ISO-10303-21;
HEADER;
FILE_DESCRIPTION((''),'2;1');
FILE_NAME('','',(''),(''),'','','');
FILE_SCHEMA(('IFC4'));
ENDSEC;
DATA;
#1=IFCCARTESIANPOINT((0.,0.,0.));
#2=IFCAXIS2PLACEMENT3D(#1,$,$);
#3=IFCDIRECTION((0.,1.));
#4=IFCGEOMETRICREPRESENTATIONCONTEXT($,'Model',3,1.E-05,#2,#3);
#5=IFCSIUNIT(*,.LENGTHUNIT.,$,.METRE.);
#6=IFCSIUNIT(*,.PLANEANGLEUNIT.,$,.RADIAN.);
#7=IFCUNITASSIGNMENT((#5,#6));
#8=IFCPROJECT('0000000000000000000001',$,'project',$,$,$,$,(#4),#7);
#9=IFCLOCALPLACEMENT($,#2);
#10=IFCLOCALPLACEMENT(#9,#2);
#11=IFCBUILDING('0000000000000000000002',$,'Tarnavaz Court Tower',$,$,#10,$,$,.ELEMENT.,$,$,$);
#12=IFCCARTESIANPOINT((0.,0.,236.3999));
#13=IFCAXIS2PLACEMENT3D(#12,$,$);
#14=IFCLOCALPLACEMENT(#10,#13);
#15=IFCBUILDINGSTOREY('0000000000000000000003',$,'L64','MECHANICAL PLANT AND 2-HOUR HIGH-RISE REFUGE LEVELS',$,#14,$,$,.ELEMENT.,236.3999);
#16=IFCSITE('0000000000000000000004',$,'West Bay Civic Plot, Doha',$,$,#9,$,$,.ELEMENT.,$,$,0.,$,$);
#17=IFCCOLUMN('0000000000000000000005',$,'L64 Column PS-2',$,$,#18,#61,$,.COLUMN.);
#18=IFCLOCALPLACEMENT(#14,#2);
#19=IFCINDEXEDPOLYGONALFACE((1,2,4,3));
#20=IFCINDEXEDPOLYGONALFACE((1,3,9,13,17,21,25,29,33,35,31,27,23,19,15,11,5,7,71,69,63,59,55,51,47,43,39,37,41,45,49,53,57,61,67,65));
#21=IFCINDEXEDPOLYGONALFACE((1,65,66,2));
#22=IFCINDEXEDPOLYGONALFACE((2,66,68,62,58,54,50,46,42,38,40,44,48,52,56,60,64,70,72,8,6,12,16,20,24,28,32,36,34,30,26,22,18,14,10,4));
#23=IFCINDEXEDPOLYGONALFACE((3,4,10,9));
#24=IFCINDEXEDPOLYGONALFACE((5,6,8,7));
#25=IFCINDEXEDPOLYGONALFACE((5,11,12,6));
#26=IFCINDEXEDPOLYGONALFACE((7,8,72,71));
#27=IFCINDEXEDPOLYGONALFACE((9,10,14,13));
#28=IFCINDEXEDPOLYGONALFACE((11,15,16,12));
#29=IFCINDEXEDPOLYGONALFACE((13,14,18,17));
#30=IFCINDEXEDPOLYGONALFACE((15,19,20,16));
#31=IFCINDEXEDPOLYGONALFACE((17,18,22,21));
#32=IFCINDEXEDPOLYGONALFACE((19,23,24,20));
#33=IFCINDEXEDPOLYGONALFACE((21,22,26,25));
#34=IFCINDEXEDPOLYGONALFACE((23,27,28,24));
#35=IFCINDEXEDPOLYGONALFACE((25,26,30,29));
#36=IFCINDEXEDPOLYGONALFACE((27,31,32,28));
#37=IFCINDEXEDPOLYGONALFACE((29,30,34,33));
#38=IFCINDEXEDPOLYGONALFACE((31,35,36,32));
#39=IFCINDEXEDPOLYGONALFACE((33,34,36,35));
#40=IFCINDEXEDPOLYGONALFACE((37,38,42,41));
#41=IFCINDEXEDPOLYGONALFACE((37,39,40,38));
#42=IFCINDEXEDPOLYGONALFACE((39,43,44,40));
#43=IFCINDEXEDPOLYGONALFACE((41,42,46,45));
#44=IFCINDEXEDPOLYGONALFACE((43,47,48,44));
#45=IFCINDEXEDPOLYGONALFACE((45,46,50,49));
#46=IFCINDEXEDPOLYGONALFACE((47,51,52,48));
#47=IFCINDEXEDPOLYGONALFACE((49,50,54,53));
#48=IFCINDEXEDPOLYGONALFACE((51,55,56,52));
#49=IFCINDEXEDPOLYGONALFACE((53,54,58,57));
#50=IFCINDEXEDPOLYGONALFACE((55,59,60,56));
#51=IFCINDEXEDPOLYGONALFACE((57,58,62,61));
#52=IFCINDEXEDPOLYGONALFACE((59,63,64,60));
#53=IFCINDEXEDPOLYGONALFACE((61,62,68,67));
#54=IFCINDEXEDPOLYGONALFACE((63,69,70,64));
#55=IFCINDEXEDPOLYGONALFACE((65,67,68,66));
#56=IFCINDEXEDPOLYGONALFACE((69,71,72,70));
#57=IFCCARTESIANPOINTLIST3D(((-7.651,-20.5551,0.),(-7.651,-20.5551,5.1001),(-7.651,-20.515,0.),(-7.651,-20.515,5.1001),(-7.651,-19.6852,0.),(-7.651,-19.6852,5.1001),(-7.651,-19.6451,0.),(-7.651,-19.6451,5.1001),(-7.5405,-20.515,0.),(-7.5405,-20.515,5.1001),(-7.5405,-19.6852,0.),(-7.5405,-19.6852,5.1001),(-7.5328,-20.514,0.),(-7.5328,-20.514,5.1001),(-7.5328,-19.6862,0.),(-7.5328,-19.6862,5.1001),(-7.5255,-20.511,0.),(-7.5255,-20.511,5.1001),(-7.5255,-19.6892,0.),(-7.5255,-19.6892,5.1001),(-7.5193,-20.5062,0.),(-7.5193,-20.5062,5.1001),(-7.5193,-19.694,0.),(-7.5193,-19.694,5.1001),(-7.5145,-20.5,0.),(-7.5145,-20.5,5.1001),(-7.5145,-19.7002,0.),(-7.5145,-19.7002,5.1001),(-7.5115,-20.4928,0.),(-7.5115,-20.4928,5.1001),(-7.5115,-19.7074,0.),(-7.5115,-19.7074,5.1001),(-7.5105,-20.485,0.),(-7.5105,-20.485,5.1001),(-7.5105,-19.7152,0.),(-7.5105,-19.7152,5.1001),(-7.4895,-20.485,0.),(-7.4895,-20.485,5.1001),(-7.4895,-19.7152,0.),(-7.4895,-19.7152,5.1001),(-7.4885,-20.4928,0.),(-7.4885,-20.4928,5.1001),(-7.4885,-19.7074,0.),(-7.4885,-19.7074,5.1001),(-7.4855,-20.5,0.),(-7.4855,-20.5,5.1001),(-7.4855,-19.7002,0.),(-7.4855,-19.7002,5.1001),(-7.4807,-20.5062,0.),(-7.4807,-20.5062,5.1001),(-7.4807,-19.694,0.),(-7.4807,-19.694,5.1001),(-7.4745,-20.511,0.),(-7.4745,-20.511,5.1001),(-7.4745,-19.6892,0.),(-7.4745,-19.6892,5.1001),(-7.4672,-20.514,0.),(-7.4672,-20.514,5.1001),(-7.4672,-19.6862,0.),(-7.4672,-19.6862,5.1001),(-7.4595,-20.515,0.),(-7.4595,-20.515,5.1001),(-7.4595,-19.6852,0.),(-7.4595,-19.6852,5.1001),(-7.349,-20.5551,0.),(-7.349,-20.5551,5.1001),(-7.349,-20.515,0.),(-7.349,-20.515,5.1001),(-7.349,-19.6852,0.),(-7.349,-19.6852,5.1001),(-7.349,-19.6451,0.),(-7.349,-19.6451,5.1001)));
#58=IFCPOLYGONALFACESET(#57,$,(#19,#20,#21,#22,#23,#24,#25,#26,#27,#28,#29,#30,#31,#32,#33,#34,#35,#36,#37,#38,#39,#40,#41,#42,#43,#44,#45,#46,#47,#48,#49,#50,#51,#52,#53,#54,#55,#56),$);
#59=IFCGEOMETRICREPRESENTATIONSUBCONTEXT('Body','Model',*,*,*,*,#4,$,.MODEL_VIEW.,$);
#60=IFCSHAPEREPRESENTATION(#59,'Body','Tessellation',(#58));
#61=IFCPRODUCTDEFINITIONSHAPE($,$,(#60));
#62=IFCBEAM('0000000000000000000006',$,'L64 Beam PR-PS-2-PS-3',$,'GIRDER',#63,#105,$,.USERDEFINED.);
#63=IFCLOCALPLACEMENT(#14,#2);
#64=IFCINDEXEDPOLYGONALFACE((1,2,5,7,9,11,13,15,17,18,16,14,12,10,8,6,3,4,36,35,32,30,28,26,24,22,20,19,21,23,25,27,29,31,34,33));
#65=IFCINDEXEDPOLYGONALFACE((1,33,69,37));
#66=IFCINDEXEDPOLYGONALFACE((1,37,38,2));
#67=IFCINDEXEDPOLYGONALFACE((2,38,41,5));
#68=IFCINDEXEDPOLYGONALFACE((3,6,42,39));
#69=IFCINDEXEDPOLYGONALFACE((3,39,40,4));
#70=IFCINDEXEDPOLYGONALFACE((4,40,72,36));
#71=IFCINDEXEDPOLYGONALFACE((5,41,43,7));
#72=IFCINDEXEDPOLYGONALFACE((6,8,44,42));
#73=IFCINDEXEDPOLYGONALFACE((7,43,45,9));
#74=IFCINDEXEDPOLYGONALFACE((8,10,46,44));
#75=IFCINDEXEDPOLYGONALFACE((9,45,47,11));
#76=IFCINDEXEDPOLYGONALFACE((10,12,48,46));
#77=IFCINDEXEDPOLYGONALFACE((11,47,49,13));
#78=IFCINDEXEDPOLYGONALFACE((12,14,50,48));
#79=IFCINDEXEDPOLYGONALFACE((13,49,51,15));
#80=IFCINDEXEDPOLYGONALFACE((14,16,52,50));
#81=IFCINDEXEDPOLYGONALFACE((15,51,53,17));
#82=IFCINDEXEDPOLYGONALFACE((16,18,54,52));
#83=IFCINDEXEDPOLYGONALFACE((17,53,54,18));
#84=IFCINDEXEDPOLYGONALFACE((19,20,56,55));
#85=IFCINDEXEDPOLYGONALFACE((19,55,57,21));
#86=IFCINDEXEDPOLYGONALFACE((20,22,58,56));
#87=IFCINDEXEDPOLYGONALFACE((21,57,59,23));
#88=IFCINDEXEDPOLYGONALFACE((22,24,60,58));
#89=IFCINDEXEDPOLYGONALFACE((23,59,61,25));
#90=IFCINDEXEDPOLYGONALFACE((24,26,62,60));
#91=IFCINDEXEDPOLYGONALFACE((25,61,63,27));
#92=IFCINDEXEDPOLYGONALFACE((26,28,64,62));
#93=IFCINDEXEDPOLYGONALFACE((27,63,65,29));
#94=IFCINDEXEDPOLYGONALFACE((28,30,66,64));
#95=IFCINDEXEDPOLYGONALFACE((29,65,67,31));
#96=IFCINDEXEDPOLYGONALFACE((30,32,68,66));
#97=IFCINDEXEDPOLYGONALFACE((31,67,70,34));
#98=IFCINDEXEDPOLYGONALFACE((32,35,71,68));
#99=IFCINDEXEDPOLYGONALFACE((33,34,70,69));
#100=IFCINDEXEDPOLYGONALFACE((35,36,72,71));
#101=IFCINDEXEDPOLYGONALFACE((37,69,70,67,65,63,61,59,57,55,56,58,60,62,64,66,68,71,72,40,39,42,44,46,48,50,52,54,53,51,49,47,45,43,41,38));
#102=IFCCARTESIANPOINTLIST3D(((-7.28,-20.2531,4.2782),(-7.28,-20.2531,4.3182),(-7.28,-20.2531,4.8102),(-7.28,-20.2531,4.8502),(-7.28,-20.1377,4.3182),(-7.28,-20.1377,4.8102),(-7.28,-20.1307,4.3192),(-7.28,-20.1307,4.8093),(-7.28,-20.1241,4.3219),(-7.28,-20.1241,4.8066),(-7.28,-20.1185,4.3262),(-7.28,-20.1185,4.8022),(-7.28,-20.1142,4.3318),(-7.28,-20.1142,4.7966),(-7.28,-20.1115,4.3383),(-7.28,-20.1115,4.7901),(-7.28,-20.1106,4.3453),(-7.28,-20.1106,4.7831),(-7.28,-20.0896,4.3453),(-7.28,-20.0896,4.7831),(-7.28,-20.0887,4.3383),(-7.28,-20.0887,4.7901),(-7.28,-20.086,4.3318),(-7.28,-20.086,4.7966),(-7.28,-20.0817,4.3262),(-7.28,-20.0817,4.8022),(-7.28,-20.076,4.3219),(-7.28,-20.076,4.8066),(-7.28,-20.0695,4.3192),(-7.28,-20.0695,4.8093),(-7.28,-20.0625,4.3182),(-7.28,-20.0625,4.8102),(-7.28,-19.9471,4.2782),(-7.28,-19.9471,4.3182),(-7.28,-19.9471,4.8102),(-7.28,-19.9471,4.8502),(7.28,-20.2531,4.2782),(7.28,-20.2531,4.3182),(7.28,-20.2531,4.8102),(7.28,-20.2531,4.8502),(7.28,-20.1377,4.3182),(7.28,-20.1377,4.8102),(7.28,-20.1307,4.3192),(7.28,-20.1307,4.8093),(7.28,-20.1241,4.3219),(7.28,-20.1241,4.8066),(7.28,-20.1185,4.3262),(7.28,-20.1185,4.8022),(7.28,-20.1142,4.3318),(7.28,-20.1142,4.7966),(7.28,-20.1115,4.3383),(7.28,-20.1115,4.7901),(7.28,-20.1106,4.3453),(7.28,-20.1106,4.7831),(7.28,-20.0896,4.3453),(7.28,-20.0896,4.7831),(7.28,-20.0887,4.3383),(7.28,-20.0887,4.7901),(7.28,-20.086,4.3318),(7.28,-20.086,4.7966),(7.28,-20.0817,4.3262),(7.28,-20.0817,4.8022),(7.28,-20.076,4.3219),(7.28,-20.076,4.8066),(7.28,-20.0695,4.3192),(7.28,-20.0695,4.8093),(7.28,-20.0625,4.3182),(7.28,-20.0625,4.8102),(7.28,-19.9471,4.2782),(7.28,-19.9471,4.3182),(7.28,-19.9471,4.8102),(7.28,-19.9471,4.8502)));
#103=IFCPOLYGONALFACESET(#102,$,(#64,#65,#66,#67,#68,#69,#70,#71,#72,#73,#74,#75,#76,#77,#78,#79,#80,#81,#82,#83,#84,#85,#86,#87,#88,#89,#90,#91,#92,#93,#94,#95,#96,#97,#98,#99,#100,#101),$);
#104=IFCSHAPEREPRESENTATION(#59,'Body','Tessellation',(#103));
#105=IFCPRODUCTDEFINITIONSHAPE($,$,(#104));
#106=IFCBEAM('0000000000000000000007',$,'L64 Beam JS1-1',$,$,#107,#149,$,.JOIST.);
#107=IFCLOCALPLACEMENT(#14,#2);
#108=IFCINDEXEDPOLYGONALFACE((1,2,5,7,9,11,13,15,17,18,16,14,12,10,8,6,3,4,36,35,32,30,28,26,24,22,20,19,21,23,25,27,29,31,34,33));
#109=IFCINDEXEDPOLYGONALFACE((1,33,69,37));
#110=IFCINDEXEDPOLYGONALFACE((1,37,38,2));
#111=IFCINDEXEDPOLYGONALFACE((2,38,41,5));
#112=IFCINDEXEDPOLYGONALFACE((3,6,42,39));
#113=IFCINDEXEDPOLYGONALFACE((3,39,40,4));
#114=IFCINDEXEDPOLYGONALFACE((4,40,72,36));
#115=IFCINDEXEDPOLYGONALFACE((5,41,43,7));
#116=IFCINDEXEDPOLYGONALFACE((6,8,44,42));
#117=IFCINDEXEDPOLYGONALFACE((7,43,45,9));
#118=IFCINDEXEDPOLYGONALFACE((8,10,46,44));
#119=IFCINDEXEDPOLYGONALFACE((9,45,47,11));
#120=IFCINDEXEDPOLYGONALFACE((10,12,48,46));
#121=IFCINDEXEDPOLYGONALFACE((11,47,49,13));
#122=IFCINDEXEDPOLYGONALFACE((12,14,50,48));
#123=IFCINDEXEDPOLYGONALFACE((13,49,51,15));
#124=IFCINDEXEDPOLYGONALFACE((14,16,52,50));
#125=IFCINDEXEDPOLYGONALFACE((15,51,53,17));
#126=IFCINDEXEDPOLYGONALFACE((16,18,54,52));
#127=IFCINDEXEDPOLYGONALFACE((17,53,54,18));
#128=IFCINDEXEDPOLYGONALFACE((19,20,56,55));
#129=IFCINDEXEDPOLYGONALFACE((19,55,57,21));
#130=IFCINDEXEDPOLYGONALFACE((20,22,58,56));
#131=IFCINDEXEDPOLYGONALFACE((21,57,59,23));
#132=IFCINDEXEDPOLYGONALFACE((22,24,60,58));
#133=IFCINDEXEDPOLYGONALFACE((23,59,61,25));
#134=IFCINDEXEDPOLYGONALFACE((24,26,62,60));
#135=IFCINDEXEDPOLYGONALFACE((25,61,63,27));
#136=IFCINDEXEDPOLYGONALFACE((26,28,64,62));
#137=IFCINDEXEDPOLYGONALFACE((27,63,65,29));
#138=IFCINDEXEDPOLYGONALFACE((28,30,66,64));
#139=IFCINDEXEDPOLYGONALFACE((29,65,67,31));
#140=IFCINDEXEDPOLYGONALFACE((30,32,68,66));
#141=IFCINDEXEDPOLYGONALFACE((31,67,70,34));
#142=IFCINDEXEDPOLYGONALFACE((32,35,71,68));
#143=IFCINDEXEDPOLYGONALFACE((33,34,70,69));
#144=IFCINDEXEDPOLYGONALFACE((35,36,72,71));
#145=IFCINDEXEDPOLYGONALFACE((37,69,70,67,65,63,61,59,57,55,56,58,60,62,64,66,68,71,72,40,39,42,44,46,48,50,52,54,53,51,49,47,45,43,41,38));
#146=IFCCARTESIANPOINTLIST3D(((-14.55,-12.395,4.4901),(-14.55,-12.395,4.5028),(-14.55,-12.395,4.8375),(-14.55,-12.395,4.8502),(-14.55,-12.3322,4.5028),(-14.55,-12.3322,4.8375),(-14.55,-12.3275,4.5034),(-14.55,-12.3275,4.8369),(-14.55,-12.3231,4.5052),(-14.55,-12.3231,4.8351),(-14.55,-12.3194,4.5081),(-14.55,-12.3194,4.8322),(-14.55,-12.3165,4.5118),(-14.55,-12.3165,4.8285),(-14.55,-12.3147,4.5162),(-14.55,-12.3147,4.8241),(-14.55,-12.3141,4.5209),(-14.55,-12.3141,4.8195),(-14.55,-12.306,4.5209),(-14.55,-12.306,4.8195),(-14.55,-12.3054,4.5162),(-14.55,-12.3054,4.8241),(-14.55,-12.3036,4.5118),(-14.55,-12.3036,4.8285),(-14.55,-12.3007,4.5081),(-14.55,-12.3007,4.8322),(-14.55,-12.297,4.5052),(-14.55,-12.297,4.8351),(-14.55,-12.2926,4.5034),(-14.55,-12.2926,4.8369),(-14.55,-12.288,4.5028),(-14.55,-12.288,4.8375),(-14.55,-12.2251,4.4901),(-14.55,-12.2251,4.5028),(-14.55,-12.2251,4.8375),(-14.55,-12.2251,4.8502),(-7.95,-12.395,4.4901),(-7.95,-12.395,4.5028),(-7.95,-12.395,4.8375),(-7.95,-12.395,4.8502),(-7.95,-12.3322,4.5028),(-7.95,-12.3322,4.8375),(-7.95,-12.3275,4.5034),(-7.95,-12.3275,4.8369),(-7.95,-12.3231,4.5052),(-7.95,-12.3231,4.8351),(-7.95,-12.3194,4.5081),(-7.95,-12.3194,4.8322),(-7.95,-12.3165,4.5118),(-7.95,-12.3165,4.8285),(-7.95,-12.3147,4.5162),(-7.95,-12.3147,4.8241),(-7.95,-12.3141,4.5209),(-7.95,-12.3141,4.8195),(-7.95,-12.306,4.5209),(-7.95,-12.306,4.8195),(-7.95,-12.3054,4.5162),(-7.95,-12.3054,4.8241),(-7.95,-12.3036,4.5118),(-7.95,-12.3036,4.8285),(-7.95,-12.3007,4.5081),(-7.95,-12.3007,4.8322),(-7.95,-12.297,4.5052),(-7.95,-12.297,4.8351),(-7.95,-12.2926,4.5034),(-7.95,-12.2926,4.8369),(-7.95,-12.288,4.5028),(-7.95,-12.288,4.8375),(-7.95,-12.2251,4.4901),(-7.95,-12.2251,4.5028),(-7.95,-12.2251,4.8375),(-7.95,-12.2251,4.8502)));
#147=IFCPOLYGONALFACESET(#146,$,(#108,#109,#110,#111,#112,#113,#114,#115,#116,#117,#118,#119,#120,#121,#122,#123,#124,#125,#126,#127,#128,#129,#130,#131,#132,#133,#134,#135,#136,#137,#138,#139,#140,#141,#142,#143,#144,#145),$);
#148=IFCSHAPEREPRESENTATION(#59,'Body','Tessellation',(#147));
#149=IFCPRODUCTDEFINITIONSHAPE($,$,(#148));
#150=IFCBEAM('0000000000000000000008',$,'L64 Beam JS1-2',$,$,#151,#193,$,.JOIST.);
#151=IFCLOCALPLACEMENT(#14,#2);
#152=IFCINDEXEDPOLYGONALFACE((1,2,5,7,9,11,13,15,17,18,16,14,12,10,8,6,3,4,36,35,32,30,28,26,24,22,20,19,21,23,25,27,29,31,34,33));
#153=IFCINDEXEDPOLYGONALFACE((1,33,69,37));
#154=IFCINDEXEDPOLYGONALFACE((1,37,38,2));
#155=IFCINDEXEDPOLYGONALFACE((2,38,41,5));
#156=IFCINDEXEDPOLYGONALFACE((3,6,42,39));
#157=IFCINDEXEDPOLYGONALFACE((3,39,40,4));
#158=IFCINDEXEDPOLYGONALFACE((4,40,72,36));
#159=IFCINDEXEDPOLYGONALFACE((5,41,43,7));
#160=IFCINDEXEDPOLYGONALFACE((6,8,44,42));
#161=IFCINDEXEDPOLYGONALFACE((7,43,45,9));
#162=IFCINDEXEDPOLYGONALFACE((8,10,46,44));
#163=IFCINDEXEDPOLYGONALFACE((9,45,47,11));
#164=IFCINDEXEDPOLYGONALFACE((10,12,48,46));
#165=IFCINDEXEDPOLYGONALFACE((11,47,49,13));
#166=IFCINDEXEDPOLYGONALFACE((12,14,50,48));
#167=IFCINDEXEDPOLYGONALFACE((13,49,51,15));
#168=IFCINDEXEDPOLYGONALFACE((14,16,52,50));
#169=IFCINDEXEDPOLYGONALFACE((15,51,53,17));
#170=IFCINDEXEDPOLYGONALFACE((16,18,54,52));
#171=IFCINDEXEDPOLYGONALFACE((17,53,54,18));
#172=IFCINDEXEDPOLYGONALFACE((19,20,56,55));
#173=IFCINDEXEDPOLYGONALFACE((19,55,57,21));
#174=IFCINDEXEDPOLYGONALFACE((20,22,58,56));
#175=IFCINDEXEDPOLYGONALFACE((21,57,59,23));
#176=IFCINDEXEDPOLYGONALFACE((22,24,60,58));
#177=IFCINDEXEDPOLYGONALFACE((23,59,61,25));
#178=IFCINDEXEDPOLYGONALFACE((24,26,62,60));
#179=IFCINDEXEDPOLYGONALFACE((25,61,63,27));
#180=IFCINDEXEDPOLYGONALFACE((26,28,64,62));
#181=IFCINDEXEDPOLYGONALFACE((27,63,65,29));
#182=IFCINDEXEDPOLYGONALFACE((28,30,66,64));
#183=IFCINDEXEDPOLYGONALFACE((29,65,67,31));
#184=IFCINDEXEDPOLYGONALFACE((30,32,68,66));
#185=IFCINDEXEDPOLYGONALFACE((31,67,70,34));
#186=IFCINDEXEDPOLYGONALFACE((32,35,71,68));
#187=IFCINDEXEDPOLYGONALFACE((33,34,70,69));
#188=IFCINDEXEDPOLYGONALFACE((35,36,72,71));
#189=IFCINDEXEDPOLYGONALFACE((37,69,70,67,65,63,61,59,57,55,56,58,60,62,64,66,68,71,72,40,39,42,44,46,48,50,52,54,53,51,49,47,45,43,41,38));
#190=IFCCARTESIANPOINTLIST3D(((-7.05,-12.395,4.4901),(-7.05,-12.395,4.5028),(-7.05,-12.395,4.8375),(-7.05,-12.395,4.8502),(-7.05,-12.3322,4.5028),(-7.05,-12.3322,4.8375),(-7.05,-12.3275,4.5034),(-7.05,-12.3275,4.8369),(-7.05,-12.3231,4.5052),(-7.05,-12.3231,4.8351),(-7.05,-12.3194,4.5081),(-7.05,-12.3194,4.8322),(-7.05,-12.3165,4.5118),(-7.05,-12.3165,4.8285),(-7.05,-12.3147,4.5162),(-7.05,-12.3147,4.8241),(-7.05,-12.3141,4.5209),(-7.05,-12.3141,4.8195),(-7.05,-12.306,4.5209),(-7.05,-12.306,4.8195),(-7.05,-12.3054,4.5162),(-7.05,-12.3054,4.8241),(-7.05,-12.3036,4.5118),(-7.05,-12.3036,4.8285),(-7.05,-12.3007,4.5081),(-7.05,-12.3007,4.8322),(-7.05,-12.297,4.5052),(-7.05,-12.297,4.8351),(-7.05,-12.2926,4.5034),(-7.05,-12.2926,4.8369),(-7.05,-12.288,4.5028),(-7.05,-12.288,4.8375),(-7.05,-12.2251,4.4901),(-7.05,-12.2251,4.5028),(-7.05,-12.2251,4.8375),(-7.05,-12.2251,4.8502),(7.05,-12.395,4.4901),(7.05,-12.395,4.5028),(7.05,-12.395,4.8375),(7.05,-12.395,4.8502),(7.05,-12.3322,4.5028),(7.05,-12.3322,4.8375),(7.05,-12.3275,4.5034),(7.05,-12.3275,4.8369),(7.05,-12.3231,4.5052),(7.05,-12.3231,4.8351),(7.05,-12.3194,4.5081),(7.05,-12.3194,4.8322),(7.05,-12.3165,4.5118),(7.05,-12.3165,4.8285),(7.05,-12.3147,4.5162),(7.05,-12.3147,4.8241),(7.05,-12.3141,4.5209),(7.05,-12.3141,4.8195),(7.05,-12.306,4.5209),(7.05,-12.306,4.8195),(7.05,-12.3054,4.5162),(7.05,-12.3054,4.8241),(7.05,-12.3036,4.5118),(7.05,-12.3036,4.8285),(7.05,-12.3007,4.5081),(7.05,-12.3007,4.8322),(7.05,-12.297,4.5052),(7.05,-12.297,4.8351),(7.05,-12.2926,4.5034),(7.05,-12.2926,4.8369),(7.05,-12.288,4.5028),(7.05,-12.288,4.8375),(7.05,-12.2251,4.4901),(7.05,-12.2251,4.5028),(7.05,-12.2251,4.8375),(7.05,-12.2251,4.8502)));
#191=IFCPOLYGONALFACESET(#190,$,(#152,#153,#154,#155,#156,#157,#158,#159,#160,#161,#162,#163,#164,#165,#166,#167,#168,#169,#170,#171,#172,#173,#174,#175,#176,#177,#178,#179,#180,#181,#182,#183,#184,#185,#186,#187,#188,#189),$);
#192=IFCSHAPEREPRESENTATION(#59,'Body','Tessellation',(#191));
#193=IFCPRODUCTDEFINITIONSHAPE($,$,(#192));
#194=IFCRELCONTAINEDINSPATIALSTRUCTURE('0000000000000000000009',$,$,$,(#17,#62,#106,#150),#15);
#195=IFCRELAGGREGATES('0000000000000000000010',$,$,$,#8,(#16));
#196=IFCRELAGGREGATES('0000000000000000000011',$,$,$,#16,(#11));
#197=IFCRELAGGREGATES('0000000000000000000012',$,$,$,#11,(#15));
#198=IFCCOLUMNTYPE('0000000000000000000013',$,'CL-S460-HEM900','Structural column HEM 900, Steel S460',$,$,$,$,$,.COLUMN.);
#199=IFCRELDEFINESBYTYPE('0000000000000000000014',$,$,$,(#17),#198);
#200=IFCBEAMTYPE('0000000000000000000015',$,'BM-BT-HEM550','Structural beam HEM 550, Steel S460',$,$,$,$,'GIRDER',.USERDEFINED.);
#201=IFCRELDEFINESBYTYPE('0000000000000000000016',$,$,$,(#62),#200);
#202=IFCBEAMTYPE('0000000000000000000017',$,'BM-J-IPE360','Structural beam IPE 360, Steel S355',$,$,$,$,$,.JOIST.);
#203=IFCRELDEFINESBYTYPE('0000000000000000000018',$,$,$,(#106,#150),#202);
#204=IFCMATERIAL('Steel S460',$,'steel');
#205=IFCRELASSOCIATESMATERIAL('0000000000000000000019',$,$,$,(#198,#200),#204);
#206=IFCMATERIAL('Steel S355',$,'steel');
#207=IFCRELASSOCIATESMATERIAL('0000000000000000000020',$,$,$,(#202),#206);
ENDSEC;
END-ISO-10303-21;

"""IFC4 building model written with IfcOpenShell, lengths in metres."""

from ifc_helpers import new_model, si_unit, direction, frame, origin, origin_2d, place, context, subcontext, project, spatial, i_section, extrude, material, material_profile, profile_set, type_object, element, save


model = new_model("IFC4")

# Units and contexts
model_context = context("Model", 3, precision=1e-05, world=origin(), true_north=direction((0.0, 1.0)))
body_context = subcontext(model_context, "Body", "Model", "MODEL_VIEW")
ifc_project = project(units=[si_unit("LENGTHUNIT", "METRE"), si_unit("PLANEANGLEUNIT", "RADIAN")], contexts=[model_context])

# Site, building, storey
site_placement = place(None, origin())
site = spatial("IfcSite", under=ifc_project, at=site_placement, Name="West Bay Civic Plot, Doha", CompositionType="ELEMENT", RefElevation=0.0)
building_placement = place(site_placement, origin())
building = spatial("IfcBuilding", under=site, at=building_placement, Name="Tarnavaz Court Tower", CompositionType="ELEMENT")
storey_placement = place(building_placement, frame((0.0, 0.0, 236.3999)))
storey = spatial("IfcBuildingStorey", under=building, at=storey_placement, Name="L64", Description="MECHANICAL PLANT AND 2-HOUR HIGH-RISE REFUGE LEVELS", CompositionType="ELEMENT", Elevation=236.3999)

# Column
ifc_material_1 = material(Name="Steel S460", Category="steel")
ifc_material_profile_1 = material_profile(ifc_material_1, i_section(OverallWidth=0.302, OverallDepth=0.9099, WebThickness=0.021, FlangeThickness=0.04, FilletRadius=0.03, at=origin_2d()), Name="HEM 900")
ifc_profile_set_1 = profile_set([ifc_material_profile_1], Name="Steel S460")
column_type = type_object("IfcColumnType", Name="CL-S460-HEM900", Description="Structural column HEM 900, Steel S460", PredefinedType="COLUMN", material=ifc_profile_set_1)
column_placement = place(storey_placement, frame((-7.5, -20.1001, 0.0), z_axis=(0.0, 0.0, 1.0), x_axis=(1.0, 0.0, 0.0)))
element("IfcColumn", 1, at=column_placement, inside=storey, type_object=column_type, Name="L64 Column PS-2", PredefinedType="COLUMN", context=body_context, shape_type="SweptSolid", body=[
    extrude(i_section(OverallWidth=0.302, OverallDepth=0.9099, WebThickness=0.021, FlangeThickness=0.04, FilletRadius=0.03, at=origin_2d()), origin(), (0.0, 0.0, 1.0), 5.1001),
])

# Beams
ifc_material_profile_2 = material_profile(ifc_material_1, i_section(OverallWidth=0.3059, OverallDepth=0.572, WebThickness=0.021, FlangeThickness=0.04, FilletRadius=0.0271, at=origin_2d()), Name="HEM 550")
ifc_profile_set_2 = profile_set([ifc_material_profile_2], Name="Steel S460")
beam_type_1 = type_object("IfcBeamType", Name="BM-BT-HEM550", Description="Structural beam HEM 550, Steel S460", ElementType="GIRDER", PredefinedType="USERDEFINED", material=ifc_profile_set_2)
beam_1_placement = place(storey_placement, frame((-7.28, -20.1001, 4.5642), z_axis=(1.0, 0.0, 0.0), x_axis=(0.0, 1.0, 0.0)))
element("IfcBeam", 2, at=beam_1_placement, inside=storey, type_object=beam_type_1, Name="L64 Beam PR-PS-2-PS-3", ObjectType="GIRDER", PredefinedType="USERDEFINED", context=body_context, shape_type="SweptSolid", body=[
    extrude(i_section(OverallWidth=0.3059, OverallDepth=0.572, WebThickness=0.021, FlangeThickness=0.04, FilletRadius=0.0271, at=origin_2d()), origin(), (0.0, 0.0, 1.0), 14.5601),
])
ifc_material_2 = material(Name="Steel S355", Category="steel")
ifc_material_profile_3 = material_profile(ifc_material_2, i_section(OverallWidth=0.1699, OverallDepth=0.3601, WebThickness=0.0081, FlangeThickness=0.0127, FilletRadius=0.0181, at=origin_2d()), Name="IPE 360")
ifc_profile_set_3 = profile_set([ifc_material_profile_3], Name="Steel S355")
beam_type_2 = type_object("IfcBeamType", Name="BM-J-IPE360", Description="Structural beam IPE 360, Steel S355", PredefinedType="JOIST", material=ifc_profile_set_3)
beam_2_placement = place(storey_placement, frame((-14.55, -12.3101, 4.6702), z_axis=(1.0, 0.0, 0.0), x_axis=(0.0, 1.0, 0.0)))
element("IfcBeam", 3, at=beam_2_placement, inside=storey, type_object=beam_type_2, Name="L64 Beam JS1-1", PredefinedType="JOIST", context=body_context, shape_type="SweptSolid", body=[
    extrude(i_section(OverallWidth=0.1699, OverallDepth=0.3601, WebThickness=0.0081, FlangeThickness=0.0127, FilletRadius=0.0181, at=origin_2d()), origin(), (0.0, 0.0, 1.0), 6.6001),
])
beam_3_placement = place(storey_placement, frame((-7.05, -12.3101, 4.6702), z_axis=(1.0, 0.0, 0.0), x_axis=(0.0, 1.0, 0.0)))
element("IfcBeam", 4, at=beam_3_placement, inside=storey, type_object=beam_type_2, Name="L64 Beam JS1-2", PredefinedType="JOIST", context=body_context, shape_type="SweptSolid", body=[
    extrude(i_section(OverallWidth=0.1699, OverallDepth=0.3601, WebThickness=0.0081, FlangeThickness=0.0127, FilletRadius=0.0181, at=origin_2d()), origin(), (0.0, 0.0, 1.0), 14.1001),
])

save(model, "model.ifc")
